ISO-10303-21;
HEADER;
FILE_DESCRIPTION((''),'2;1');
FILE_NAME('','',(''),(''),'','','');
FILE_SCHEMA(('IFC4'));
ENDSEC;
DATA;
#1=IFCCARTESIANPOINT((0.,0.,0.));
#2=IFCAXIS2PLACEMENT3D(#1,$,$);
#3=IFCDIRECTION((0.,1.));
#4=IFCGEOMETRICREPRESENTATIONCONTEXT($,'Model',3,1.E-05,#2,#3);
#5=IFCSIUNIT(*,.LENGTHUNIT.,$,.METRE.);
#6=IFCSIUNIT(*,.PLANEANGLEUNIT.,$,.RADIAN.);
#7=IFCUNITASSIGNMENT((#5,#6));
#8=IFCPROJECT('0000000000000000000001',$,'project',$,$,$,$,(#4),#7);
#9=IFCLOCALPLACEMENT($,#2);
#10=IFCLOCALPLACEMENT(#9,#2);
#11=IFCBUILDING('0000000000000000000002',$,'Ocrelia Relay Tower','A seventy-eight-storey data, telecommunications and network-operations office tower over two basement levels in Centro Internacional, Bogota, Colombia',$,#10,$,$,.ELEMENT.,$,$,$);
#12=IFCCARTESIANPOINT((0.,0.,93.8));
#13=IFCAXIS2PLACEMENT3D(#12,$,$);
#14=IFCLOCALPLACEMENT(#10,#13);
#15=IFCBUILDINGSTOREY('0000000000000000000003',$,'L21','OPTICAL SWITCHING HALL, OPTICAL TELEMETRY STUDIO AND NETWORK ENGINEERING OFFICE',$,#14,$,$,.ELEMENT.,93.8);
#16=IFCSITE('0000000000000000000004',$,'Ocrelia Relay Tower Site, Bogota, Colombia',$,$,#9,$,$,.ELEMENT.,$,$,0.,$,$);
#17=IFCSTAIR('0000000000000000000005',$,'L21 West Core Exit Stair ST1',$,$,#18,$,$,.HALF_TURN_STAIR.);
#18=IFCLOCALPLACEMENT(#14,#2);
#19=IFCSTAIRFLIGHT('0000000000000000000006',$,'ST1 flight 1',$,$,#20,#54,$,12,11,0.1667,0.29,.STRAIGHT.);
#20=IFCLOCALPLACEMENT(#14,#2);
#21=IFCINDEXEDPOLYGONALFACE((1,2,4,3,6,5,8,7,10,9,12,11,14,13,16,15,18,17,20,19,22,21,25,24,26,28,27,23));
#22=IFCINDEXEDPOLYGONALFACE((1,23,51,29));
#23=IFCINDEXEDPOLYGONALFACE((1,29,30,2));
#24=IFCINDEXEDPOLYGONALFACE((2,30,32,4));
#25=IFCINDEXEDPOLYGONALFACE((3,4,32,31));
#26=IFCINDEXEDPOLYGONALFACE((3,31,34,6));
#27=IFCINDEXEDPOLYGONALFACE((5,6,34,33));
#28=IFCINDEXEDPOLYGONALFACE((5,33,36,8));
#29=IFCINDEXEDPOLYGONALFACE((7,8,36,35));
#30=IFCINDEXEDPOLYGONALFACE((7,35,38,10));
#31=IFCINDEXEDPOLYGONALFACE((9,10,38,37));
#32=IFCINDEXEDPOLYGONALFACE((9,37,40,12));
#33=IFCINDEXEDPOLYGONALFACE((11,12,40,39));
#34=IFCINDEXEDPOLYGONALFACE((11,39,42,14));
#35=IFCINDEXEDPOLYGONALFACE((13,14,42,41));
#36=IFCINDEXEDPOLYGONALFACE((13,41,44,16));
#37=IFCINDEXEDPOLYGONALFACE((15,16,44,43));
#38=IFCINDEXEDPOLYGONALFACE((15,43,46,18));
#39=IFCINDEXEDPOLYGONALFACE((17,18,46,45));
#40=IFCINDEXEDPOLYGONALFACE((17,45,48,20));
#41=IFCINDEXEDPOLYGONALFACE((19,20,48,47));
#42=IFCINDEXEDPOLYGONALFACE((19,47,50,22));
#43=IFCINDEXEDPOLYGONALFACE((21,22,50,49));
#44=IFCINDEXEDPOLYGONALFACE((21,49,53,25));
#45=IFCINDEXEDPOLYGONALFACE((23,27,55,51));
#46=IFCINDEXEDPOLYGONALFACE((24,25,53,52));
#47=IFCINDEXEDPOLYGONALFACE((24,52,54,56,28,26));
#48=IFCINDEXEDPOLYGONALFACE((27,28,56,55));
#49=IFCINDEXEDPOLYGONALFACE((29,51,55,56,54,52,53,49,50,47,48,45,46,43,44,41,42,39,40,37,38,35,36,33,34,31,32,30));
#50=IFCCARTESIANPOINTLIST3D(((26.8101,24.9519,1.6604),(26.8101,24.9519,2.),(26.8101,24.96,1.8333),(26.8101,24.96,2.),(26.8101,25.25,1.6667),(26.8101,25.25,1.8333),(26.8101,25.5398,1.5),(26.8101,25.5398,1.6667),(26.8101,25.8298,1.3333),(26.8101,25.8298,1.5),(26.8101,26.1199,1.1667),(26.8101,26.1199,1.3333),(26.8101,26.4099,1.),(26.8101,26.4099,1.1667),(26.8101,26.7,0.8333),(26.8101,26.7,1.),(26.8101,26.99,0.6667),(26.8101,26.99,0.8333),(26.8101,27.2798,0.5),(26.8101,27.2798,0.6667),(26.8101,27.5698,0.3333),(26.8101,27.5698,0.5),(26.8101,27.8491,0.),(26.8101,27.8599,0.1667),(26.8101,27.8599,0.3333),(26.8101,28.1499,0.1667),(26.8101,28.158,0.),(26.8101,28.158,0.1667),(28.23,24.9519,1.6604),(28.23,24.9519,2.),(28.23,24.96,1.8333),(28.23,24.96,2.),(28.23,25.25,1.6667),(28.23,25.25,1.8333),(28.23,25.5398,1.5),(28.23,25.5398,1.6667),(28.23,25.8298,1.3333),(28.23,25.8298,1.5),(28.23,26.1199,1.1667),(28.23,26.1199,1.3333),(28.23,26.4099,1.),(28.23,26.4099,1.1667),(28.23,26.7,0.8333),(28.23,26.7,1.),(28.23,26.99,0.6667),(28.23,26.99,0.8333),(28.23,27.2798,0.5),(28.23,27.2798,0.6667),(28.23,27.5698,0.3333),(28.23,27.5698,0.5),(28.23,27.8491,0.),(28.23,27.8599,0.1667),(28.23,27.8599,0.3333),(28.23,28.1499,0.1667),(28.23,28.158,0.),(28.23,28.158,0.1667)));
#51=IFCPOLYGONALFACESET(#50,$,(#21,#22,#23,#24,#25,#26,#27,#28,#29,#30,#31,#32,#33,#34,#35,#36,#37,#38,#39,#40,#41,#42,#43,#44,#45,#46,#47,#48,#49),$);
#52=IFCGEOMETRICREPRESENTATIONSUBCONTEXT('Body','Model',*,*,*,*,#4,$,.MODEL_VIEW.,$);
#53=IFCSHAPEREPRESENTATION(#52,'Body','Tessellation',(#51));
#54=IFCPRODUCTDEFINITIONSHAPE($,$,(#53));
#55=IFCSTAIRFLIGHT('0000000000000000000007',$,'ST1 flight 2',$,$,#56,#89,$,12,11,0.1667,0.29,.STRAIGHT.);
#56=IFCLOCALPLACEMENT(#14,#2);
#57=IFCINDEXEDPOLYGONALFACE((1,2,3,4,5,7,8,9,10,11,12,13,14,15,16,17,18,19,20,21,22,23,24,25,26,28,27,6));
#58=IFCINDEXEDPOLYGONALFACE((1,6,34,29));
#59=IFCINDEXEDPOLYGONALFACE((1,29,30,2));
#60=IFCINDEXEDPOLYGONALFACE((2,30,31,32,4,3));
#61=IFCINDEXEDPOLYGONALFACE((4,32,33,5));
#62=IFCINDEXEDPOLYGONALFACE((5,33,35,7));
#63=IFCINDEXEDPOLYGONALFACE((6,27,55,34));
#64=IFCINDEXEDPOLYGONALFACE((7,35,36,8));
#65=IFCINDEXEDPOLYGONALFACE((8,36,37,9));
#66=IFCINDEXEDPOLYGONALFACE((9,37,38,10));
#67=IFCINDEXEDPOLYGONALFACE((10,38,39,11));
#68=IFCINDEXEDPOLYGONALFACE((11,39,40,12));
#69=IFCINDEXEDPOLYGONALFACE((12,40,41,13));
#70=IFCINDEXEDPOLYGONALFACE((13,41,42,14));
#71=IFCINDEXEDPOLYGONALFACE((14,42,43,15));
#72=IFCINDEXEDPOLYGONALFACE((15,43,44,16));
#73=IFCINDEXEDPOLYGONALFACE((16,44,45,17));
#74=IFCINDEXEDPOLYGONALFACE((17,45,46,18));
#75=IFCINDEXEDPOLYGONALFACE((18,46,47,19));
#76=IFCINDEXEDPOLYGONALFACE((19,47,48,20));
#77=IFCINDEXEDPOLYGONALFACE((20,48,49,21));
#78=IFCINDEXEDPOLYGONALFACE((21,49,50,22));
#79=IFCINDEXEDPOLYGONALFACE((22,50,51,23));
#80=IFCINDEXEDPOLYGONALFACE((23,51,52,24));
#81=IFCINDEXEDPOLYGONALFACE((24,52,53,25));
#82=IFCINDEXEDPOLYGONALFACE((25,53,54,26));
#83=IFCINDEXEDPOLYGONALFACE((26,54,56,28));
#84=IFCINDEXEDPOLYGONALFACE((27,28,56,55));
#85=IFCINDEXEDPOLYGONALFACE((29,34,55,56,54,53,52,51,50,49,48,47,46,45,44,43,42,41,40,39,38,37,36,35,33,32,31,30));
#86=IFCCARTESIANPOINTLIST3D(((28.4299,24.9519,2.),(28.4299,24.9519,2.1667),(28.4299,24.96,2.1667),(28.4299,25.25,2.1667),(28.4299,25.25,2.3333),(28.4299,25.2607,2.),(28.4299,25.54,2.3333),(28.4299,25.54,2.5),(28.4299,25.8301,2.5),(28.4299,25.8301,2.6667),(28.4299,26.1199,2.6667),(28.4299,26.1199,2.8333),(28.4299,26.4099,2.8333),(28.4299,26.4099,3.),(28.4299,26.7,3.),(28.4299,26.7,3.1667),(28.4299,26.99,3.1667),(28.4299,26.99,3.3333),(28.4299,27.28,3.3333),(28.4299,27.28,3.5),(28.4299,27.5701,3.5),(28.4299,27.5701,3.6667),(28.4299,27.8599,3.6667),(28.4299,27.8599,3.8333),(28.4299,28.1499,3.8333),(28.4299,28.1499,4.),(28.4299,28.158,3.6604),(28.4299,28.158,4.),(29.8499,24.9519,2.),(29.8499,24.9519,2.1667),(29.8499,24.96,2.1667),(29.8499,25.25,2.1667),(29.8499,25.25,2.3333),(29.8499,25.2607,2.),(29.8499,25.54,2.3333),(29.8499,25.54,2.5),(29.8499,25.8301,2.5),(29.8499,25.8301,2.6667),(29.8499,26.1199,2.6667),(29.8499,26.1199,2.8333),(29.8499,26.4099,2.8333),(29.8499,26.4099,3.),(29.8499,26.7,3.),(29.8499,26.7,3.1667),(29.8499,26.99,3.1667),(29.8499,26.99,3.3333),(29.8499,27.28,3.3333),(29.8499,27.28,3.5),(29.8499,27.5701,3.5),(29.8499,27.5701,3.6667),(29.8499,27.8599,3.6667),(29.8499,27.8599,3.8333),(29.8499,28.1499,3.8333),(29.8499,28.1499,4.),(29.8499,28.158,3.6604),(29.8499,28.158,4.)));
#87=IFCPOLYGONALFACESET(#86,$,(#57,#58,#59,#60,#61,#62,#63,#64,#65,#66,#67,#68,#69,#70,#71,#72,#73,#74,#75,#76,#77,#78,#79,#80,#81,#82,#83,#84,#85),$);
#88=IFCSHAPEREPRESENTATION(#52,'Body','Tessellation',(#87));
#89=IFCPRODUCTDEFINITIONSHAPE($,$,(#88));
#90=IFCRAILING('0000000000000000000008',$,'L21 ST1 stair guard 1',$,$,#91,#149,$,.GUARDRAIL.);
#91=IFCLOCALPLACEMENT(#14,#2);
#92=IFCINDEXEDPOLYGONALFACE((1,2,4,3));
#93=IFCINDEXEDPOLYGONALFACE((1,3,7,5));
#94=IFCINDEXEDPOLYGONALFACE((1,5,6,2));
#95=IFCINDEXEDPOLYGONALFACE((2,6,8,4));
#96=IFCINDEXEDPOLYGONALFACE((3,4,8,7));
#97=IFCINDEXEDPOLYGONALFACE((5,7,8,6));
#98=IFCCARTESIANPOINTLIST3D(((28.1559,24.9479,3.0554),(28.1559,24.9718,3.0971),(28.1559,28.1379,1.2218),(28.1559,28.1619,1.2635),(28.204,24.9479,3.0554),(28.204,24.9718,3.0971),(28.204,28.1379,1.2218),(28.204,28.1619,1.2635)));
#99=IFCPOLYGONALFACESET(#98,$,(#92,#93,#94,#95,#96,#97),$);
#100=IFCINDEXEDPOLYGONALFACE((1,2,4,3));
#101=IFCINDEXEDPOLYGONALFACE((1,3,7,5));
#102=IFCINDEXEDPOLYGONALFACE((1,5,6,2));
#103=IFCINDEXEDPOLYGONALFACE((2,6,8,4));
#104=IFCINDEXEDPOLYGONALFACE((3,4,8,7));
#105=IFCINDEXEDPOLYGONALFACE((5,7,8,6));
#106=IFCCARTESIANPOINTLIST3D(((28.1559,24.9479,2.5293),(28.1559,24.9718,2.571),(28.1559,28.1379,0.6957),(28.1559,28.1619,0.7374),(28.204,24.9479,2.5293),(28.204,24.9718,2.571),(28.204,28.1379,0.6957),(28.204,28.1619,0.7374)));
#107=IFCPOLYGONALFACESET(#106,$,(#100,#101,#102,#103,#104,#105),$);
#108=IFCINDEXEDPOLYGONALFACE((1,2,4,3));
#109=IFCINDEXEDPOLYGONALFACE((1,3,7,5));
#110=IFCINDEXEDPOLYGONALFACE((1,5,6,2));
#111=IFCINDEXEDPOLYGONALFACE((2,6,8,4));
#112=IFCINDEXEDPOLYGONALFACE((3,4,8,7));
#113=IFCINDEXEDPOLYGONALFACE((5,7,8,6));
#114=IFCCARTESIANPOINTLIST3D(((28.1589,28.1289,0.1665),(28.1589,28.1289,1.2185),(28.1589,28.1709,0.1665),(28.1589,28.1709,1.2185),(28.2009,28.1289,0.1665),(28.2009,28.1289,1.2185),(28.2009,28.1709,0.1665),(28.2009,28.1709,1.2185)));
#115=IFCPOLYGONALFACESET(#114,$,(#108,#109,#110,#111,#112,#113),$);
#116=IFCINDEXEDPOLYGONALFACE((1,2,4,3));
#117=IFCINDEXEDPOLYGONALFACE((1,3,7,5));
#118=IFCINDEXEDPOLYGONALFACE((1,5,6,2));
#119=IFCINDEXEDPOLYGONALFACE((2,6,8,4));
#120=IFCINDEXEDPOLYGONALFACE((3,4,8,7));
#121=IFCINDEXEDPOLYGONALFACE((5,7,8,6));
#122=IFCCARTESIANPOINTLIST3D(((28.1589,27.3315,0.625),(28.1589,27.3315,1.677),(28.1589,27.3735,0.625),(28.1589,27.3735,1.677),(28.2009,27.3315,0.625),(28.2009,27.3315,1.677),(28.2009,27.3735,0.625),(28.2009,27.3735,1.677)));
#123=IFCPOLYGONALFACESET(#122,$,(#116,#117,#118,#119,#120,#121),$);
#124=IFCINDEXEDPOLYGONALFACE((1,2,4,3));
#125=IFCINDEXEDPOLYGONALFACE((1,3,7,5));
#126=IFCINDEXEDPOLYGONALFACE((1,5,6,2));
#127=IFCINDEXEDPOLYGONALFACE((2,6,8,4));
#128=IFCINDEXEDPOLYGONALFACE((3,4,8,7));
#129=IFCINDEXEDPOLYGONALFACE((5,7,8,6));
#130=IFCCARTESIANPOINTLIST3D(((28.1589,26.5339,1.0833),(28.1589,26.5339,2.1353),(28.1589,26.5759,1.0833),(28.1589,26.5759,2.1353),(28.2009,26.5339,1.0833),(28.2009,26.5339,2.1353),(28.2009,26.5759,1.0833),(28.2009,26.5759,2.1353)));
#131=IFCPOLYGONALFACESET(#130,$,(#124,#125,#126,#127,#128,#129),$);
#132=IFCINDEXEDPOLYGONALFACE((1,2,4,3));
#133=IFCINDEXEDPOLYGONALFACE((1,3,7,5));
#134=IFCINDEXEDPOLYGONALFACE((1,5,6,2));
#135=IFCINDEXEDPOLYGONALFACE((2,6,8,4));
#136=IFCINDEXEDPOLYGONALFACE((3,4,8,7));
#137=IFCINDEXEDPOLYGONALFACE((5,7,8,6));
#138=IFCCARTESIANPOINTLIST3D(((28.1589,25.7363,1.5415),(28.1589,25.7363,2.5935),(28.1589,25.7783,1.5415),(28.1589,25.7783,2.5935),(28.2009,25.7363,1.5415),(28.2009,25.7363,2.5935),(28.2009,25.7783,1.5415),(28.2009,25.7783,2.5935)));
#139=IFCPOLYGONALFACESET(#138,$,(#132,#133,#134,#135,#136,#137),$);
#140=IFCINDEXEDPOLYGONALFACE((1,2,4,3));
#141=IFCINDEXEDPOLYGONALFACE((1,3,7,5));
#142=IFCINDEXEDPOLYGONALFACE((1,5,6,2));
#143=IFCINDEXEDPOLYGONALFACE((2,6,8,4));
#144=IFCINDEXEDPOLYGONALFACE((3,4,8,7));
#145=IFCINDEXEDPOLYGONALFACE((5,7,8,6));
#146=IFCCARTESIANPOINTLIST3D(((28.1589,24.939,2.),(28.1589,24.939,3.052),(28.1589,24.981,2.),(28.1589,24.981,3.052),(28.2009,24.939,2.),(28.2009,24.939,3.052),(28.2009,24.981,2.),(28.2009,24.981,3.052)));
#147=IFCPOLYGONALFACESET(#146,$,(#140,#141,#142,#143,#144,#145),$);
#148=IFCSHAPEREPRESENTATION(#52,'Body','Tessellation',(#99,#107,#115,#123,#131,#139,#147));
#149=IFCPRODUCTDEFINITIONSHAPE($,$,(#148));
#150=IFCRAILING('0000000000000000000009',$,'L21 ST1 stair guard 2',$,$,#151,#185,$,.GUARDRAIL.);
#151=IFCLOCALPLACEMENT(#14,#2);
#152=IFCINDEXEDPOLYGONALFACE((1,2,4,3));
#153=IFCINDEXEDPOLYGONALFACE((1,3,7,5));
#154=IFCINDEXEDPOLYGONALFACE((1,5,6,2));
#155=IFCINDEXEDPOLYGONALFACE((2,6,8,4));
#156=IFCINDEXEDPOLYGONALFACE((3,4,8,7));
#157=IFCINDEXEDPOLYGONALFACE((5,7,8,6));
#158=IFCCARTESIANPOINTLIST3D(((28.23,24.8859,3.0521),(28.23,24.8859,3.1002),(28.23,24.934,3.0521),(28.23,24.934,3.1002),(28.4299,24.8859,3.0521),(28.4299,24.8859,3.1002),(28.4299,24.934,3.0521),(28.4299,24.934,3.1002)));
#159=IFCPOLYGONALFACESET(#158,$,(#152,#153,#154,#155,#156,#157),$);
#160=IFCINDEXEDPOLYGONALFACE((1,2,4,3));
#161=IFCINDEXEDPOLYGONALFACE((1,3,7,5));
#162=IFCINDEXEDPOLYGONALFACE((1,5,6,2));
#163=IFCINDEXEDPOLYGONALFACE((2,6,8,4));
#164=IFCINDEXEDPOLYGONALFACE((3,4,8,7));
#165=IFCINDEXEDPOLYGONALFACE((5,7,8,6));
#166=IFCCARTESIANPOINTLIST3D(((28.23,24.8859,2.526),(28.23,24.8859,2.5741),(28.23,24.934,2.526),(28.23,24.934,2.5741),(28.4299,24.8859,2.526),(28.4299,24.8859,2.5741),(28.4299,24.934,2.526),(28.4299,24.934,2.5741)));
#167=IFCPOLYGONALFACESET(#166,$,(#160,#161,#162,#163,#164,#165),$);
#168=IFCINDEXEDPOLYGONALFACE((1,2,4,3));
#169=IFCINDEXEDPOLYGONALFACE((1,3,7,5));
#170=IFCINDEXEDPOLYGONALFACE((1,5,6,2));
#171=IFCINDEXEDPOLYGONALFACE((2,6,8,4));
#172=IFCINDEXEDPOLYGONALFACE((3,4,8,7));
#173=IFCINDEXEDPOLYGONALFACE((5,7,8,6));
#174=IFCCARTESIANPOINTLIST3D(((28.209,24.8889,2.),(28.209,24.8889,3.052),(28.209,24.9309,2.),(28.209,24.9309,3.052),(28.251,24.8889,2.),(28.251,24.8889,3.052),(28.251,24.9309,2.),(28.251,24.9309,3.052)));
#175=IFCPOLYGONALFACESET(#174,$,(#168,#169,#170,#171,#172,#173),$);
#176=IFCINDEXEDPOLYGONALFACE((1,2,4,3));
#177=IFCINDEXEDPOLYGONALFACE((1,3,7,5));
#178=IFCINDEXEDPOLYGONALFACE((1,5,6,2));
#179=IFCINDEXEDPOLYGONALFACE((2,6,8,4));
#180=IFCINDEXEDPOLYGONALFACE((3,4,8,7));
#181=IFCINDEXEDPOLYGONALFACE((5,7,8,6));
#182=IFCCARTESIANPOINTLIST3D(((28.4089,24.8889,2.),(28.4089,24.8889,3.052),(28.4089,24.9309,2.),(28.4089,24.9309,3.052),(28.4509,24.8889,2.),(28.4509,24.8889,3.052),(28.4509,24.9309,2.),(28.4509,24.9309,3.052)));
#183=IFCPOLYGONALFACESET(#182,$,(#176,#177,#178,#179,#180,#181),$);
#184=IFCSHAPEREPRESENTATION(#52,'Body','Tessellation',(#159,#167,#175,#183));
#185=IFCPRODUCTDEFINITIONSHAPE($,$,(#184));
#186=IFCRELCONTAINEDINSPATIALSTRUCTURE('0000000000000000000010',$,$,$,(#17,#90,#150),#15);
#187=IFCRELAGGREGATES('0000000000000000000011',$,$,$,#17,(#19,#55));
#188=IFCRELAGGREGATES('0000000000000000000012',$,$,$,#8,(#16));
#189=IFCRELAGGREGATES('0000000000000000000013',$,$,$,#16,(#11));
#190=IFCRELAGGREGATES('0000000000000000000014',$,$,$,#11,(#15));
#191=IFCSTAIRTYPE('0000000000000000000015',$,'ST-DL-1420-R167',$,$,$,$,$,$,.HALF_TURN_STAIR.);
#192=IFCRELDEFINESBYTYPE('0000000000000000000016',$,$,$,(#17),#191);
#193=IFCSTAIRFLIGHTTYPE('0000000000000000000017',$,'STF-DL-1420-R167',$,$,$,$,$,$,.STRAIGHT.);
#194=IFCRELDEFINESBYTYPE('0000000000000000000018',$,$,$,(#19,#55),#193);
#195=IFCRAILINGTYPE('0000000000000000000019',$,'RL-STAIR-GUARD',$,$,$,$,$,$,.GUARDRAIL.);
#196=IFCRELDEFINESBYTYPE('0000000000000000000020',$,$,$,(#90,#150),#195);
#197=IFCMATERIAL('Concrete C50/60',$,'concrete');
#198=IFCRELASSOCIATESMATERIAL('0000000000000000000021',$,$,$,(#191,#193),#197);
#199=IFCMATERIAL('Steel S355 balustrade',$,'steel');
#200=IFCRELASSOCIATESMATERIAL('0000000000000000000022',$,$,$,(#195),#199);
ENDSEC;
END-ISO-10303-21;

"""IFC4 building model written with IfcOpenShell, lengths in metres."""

from ifc_helpers import new_model, si_unit, direction, frame, origin, origin_2d, place, context, subcontext, project, spatial, polyline, rectangle, outline, extrude, material, type_object, element, aggregate, save


model = new_model("IFC4")

# Units and contexts
model_context = context("Model", 3, precision=1e-05, world=origin(), true_north=direction((0.0, 1.0)))
body_context = subcontext(model_context, "Body", "Model", "MODEL_VIEW")
ifc_project = project(units=[si_unit("LENGTHUNIT", "METRE"), si_unit("PLANEANGLEUNIT", "RADIAN")], contexts=[model_context])

# Site, building, storey
site_placement = place(None, origin())
site = spatial("IfcSite", under=ifc_project, at=site_placement, Name="Ocrelia Relay Tower Site, Bogota, Colombia", CompositionType="ELEMENT", RefElevation=0.0)
building_placement = place(site_placement, origin())
building = spatial("IfcBuilding", under=site, at=building_placement, Name="Ocrelia Relay Tower", Description="A seventy-eight-storey data, telecommunications and network-operations office tower over two basement levels in Centro Internacional, Bogota, Colombia", CompositionType="ELEMENT")
storey_placement = place(building_placement, frame((0.0, 0.0, 93.8)))
storey = spatial("IfcBuildingStorey", under=building, at=storey_placement, Name="L21", Description="OPTICAL SWITCHING HALL, OPTICAL TELEMETRY STUDIO AND NETWORK ENGINEERING OFFICE", CompositionType="ELEMENT", Elevation=93.8)

# Shared definitions
ifc_material_1 = material(Name="Concrete C50/60", Category="concrete")

# Stair, stair flights
stair_type = type_object("IfcStairType", Name="ST-DL-1420-R167", PredefinedType="HALF_TURN_STAIR", material=ifc_material_1)
stair_placement = place(storey_placement, origin())
stair = element("IfcStair", 1, at=stair_placement, inside=storey, type_object=stair_type, Name="L21 West Core Exit Stair ST1", PredefinedType="HALF_TURN_STAIR")
stair_flight_type = type_object("IfcStairFlightType", Name="STF-DL-1420-R167", PredefinedType="STRAIGHT", material=ifc_material_1)
stair_flight_1_placement = place(storey_placement, frame((27.52, 28.1499, 0.0), z_axis=(0.0, 0.0, 1.0), x_axis=(0.0, -1.0, 0.0)))
stair_flight_1 = element("IfcStairFlight", 2, at=stair_flight_1_placement, type_object=stair_flight_type, Name="ST1 flight 1", NumberOfRisers=12, NumberOfTreads=11, PredefinedType="STRAIGHT", RiserHeight=0.1667, TreadLength=0.29, context=body_context, shape_type="SweptSolid", body=[
    extrude(outline(polyline([(-0.0081, 0.0), (-0.0081, 0.1667), (0.0, 0.1667), (0.29, 0.1667), (0.29, 0.3333), (0.5801, 0.3333), (0.5801, 0.5), (0.8701, 0.5), (0.8701, 0.6667), (1.1599, 0.6667), (1.1599, 0.8333), (1.45, 0.8333), (1.45, 1.0), (1.74, 1.0), (1.74, 1.1667), (2.03, 1.1667), (2.03, 1.3333), (2.3201, 1.3333), (2.3201, 1.5), (2.6101, 1.5), (2.6101, 1.6667), (2.8999, 1.6667), (2.8999, 1.8333), (3.1899, 1.8333), (3.1899, 2.0), (3.198, 2.0), (3.198, 1.6604), (0.3008, 0.0), (-0.0081, 0.0)])), frame((0.0, 0.71, 0.0), z_axis=(0.0, -1.0, 0.0), x_axis=(1.0, 0.0, 0.0)), (0.0, 0.0, 1.0), 1.4199),
])
stair_flight_2_placement = place(storey_placement, frame((29.1399, 24.96, 2.0), z_axis=(0.0, 0.0, 1.0), x_axis=(0.0, 1.0, 0.0)))
stair_flight_2 = element("IfcStairFlight", 3, at=stair_flight_2_placement, type_object=stair_flight_type, Name="ST1 flight 2", NumberOfRisers=12, NumberOfTreads=11, PredefinedType="STRAIGHT", RiserHeight=0.1667, TreadLength=0.29, context=body_context, shape_type="SweptSolid", body=[
    extrude(outline(polyline([(-0.0081, 0.0), (-0.0081, 0.1667), (0.0, 0.1667), (0.29, 0.1667), (0.29, 0.3333), (0.5801, 0.3333), (0.5801, 0.5), (0.8701, 0.5), (0.8701, 0.6667), (1.1599, 0.6667), (1.1599, 0.8333), (1.45, 0.8333), (1.45, 1.0), (1.74, 1.0), (1.74, 1.1667), (2.03, 1.1667), (2.03, 1.3333), (2.3201, 1.3333), (2.3201, 1.5), (2.6101, 1.5), (2.6101, 1.6667), (2.8999, 1.6667), (2.8999, 1.8333), (3.1899, 1.8333), (3.1899, 2.0), (3.198, 2.0), (3.198, 1.6604), (0.3008, 0.0), (-0.0081, 0.0)])), frame((0.0, 0.71, 0.0), z_axis=(0.0, -1.0, 0.0), x_axis=(1.0, 0.0, 0.0)), (0.0, 0.0, 1.0), 1.4199),
])
aggregate(stair, [stair_flight_1, stair_flight_2])

# Railings
ifc_material_2 = material(Name="Steel S355 balustrade", Category="steel")
railing_type_1 = type_object("IfcRailingType", Name="RL-STAIR-GUARD", PredefinedType="GUARDRAIL", material=ifc_material_2)
railing_1_placement = place(storey_placement, frame((28.1799, 28.1499, 0.1665)))
element("IfcRailing", 4, at=railing_1_placement, inside=storey, type_object=railing_type_1, Name="L21 ST1 stair guard 1", PredefinedType="GUARDRAIL", context=body_context, shape_type="SweptSolid", body=[
    extrude(rectangle(XDim=0.0481, YDim=0.0481, at=origin_2d()), frame((0.0, 0.0, 1.0762), z_axis=(0.0, -0.866991, 0.498324), x_axis=(1.0, 0.0, 0.0)), (0.0, 0.0, 1.0), 3.6794),
    extrude(rectangle(XDim=0.0481, YDim=0.0481, at=origin_2d()), frame((0.0, 0.0, 0.55), z_axis=(0.0, -0.866991, 0.498324), x_axis=(1.0, 0.0, 0.0)), (0.0, 0.0, 1.0), 3.6794),
    extrude(rectangle(XDim=0.042, YDim=0.042, at=origin_2d()), origin(), (0.0, 0.0, 1.0), 1.052),
    extrude(rectangle(XDim=0.042, YDim=0.042, at=origin_2d()), frame((0.0, -0.7974, 0.4585)), (0.0, 0.0, 1.0), 1.052),
    extrude(rectangle(XDim=0.042, YDim=0.042, at=origin_2d()), frame((0.0, -1.595, 0.9167)), (0.0, 0.0, 1.0), 1.052),
    extrude(rectangle(XDim=0.042, YDim=0.042, at=origin_2d()), frame((0.0, -2.3926, 1.375)), (0.0, 0.0, 1.0), 1.052),
    extrude(rectangle(XDim=0.042, YDim=0.042, at=origin_2d()), frame((0.0, -3.1899, 1.8335)), (0.0, 0.0, 1.0), 1.052),
])
railing_2_placement = place(storey_placement, frame((28.23, 24.9099, 2.0)))
element("IfcRailing", 5, at=railing_2_placement, inside=storey, type_object=railing_type_1, Name="L21 ST1 stair guard 2", PredefinedType="GUARDRAIL", context=body_context, shape_type="SweptSolid", body=[
    extrude(rectangle(XDim=0.0481, YDim=0.0481, at=origin_2d()), frame((0.0, 0.0, 1.0762), z_axis=(1.0, 0.0, 0.0), x_axis=(0.0, 1.0, 0.0)), (0.0, 0.0, 1.0), 0.2),
    extrude(rectangle(XDim=0.0481, YDim=0.0481, at=origin_2d()), frame((0.0, 0.0, 0.55), z_axis=(1.0, 0.0, 0.0), x_axis=(0.0, 1.0, 0.0)), (0.0, 0.0, 1.0), 0.2),
    extrude(rectangle(XDim=0.042, YDim=0.042, at=origin_2d()), origin(), (0.0, 0.0, 1.0), 1.052),
    extrude(rectangle(XDim=0.042, YDim=0.042, at=origin_2d()), frame((0.2, 0.0, 0.0)), (0.0, 0.0, 1.0), 1.052),
])

save(model, "model.ifc")
